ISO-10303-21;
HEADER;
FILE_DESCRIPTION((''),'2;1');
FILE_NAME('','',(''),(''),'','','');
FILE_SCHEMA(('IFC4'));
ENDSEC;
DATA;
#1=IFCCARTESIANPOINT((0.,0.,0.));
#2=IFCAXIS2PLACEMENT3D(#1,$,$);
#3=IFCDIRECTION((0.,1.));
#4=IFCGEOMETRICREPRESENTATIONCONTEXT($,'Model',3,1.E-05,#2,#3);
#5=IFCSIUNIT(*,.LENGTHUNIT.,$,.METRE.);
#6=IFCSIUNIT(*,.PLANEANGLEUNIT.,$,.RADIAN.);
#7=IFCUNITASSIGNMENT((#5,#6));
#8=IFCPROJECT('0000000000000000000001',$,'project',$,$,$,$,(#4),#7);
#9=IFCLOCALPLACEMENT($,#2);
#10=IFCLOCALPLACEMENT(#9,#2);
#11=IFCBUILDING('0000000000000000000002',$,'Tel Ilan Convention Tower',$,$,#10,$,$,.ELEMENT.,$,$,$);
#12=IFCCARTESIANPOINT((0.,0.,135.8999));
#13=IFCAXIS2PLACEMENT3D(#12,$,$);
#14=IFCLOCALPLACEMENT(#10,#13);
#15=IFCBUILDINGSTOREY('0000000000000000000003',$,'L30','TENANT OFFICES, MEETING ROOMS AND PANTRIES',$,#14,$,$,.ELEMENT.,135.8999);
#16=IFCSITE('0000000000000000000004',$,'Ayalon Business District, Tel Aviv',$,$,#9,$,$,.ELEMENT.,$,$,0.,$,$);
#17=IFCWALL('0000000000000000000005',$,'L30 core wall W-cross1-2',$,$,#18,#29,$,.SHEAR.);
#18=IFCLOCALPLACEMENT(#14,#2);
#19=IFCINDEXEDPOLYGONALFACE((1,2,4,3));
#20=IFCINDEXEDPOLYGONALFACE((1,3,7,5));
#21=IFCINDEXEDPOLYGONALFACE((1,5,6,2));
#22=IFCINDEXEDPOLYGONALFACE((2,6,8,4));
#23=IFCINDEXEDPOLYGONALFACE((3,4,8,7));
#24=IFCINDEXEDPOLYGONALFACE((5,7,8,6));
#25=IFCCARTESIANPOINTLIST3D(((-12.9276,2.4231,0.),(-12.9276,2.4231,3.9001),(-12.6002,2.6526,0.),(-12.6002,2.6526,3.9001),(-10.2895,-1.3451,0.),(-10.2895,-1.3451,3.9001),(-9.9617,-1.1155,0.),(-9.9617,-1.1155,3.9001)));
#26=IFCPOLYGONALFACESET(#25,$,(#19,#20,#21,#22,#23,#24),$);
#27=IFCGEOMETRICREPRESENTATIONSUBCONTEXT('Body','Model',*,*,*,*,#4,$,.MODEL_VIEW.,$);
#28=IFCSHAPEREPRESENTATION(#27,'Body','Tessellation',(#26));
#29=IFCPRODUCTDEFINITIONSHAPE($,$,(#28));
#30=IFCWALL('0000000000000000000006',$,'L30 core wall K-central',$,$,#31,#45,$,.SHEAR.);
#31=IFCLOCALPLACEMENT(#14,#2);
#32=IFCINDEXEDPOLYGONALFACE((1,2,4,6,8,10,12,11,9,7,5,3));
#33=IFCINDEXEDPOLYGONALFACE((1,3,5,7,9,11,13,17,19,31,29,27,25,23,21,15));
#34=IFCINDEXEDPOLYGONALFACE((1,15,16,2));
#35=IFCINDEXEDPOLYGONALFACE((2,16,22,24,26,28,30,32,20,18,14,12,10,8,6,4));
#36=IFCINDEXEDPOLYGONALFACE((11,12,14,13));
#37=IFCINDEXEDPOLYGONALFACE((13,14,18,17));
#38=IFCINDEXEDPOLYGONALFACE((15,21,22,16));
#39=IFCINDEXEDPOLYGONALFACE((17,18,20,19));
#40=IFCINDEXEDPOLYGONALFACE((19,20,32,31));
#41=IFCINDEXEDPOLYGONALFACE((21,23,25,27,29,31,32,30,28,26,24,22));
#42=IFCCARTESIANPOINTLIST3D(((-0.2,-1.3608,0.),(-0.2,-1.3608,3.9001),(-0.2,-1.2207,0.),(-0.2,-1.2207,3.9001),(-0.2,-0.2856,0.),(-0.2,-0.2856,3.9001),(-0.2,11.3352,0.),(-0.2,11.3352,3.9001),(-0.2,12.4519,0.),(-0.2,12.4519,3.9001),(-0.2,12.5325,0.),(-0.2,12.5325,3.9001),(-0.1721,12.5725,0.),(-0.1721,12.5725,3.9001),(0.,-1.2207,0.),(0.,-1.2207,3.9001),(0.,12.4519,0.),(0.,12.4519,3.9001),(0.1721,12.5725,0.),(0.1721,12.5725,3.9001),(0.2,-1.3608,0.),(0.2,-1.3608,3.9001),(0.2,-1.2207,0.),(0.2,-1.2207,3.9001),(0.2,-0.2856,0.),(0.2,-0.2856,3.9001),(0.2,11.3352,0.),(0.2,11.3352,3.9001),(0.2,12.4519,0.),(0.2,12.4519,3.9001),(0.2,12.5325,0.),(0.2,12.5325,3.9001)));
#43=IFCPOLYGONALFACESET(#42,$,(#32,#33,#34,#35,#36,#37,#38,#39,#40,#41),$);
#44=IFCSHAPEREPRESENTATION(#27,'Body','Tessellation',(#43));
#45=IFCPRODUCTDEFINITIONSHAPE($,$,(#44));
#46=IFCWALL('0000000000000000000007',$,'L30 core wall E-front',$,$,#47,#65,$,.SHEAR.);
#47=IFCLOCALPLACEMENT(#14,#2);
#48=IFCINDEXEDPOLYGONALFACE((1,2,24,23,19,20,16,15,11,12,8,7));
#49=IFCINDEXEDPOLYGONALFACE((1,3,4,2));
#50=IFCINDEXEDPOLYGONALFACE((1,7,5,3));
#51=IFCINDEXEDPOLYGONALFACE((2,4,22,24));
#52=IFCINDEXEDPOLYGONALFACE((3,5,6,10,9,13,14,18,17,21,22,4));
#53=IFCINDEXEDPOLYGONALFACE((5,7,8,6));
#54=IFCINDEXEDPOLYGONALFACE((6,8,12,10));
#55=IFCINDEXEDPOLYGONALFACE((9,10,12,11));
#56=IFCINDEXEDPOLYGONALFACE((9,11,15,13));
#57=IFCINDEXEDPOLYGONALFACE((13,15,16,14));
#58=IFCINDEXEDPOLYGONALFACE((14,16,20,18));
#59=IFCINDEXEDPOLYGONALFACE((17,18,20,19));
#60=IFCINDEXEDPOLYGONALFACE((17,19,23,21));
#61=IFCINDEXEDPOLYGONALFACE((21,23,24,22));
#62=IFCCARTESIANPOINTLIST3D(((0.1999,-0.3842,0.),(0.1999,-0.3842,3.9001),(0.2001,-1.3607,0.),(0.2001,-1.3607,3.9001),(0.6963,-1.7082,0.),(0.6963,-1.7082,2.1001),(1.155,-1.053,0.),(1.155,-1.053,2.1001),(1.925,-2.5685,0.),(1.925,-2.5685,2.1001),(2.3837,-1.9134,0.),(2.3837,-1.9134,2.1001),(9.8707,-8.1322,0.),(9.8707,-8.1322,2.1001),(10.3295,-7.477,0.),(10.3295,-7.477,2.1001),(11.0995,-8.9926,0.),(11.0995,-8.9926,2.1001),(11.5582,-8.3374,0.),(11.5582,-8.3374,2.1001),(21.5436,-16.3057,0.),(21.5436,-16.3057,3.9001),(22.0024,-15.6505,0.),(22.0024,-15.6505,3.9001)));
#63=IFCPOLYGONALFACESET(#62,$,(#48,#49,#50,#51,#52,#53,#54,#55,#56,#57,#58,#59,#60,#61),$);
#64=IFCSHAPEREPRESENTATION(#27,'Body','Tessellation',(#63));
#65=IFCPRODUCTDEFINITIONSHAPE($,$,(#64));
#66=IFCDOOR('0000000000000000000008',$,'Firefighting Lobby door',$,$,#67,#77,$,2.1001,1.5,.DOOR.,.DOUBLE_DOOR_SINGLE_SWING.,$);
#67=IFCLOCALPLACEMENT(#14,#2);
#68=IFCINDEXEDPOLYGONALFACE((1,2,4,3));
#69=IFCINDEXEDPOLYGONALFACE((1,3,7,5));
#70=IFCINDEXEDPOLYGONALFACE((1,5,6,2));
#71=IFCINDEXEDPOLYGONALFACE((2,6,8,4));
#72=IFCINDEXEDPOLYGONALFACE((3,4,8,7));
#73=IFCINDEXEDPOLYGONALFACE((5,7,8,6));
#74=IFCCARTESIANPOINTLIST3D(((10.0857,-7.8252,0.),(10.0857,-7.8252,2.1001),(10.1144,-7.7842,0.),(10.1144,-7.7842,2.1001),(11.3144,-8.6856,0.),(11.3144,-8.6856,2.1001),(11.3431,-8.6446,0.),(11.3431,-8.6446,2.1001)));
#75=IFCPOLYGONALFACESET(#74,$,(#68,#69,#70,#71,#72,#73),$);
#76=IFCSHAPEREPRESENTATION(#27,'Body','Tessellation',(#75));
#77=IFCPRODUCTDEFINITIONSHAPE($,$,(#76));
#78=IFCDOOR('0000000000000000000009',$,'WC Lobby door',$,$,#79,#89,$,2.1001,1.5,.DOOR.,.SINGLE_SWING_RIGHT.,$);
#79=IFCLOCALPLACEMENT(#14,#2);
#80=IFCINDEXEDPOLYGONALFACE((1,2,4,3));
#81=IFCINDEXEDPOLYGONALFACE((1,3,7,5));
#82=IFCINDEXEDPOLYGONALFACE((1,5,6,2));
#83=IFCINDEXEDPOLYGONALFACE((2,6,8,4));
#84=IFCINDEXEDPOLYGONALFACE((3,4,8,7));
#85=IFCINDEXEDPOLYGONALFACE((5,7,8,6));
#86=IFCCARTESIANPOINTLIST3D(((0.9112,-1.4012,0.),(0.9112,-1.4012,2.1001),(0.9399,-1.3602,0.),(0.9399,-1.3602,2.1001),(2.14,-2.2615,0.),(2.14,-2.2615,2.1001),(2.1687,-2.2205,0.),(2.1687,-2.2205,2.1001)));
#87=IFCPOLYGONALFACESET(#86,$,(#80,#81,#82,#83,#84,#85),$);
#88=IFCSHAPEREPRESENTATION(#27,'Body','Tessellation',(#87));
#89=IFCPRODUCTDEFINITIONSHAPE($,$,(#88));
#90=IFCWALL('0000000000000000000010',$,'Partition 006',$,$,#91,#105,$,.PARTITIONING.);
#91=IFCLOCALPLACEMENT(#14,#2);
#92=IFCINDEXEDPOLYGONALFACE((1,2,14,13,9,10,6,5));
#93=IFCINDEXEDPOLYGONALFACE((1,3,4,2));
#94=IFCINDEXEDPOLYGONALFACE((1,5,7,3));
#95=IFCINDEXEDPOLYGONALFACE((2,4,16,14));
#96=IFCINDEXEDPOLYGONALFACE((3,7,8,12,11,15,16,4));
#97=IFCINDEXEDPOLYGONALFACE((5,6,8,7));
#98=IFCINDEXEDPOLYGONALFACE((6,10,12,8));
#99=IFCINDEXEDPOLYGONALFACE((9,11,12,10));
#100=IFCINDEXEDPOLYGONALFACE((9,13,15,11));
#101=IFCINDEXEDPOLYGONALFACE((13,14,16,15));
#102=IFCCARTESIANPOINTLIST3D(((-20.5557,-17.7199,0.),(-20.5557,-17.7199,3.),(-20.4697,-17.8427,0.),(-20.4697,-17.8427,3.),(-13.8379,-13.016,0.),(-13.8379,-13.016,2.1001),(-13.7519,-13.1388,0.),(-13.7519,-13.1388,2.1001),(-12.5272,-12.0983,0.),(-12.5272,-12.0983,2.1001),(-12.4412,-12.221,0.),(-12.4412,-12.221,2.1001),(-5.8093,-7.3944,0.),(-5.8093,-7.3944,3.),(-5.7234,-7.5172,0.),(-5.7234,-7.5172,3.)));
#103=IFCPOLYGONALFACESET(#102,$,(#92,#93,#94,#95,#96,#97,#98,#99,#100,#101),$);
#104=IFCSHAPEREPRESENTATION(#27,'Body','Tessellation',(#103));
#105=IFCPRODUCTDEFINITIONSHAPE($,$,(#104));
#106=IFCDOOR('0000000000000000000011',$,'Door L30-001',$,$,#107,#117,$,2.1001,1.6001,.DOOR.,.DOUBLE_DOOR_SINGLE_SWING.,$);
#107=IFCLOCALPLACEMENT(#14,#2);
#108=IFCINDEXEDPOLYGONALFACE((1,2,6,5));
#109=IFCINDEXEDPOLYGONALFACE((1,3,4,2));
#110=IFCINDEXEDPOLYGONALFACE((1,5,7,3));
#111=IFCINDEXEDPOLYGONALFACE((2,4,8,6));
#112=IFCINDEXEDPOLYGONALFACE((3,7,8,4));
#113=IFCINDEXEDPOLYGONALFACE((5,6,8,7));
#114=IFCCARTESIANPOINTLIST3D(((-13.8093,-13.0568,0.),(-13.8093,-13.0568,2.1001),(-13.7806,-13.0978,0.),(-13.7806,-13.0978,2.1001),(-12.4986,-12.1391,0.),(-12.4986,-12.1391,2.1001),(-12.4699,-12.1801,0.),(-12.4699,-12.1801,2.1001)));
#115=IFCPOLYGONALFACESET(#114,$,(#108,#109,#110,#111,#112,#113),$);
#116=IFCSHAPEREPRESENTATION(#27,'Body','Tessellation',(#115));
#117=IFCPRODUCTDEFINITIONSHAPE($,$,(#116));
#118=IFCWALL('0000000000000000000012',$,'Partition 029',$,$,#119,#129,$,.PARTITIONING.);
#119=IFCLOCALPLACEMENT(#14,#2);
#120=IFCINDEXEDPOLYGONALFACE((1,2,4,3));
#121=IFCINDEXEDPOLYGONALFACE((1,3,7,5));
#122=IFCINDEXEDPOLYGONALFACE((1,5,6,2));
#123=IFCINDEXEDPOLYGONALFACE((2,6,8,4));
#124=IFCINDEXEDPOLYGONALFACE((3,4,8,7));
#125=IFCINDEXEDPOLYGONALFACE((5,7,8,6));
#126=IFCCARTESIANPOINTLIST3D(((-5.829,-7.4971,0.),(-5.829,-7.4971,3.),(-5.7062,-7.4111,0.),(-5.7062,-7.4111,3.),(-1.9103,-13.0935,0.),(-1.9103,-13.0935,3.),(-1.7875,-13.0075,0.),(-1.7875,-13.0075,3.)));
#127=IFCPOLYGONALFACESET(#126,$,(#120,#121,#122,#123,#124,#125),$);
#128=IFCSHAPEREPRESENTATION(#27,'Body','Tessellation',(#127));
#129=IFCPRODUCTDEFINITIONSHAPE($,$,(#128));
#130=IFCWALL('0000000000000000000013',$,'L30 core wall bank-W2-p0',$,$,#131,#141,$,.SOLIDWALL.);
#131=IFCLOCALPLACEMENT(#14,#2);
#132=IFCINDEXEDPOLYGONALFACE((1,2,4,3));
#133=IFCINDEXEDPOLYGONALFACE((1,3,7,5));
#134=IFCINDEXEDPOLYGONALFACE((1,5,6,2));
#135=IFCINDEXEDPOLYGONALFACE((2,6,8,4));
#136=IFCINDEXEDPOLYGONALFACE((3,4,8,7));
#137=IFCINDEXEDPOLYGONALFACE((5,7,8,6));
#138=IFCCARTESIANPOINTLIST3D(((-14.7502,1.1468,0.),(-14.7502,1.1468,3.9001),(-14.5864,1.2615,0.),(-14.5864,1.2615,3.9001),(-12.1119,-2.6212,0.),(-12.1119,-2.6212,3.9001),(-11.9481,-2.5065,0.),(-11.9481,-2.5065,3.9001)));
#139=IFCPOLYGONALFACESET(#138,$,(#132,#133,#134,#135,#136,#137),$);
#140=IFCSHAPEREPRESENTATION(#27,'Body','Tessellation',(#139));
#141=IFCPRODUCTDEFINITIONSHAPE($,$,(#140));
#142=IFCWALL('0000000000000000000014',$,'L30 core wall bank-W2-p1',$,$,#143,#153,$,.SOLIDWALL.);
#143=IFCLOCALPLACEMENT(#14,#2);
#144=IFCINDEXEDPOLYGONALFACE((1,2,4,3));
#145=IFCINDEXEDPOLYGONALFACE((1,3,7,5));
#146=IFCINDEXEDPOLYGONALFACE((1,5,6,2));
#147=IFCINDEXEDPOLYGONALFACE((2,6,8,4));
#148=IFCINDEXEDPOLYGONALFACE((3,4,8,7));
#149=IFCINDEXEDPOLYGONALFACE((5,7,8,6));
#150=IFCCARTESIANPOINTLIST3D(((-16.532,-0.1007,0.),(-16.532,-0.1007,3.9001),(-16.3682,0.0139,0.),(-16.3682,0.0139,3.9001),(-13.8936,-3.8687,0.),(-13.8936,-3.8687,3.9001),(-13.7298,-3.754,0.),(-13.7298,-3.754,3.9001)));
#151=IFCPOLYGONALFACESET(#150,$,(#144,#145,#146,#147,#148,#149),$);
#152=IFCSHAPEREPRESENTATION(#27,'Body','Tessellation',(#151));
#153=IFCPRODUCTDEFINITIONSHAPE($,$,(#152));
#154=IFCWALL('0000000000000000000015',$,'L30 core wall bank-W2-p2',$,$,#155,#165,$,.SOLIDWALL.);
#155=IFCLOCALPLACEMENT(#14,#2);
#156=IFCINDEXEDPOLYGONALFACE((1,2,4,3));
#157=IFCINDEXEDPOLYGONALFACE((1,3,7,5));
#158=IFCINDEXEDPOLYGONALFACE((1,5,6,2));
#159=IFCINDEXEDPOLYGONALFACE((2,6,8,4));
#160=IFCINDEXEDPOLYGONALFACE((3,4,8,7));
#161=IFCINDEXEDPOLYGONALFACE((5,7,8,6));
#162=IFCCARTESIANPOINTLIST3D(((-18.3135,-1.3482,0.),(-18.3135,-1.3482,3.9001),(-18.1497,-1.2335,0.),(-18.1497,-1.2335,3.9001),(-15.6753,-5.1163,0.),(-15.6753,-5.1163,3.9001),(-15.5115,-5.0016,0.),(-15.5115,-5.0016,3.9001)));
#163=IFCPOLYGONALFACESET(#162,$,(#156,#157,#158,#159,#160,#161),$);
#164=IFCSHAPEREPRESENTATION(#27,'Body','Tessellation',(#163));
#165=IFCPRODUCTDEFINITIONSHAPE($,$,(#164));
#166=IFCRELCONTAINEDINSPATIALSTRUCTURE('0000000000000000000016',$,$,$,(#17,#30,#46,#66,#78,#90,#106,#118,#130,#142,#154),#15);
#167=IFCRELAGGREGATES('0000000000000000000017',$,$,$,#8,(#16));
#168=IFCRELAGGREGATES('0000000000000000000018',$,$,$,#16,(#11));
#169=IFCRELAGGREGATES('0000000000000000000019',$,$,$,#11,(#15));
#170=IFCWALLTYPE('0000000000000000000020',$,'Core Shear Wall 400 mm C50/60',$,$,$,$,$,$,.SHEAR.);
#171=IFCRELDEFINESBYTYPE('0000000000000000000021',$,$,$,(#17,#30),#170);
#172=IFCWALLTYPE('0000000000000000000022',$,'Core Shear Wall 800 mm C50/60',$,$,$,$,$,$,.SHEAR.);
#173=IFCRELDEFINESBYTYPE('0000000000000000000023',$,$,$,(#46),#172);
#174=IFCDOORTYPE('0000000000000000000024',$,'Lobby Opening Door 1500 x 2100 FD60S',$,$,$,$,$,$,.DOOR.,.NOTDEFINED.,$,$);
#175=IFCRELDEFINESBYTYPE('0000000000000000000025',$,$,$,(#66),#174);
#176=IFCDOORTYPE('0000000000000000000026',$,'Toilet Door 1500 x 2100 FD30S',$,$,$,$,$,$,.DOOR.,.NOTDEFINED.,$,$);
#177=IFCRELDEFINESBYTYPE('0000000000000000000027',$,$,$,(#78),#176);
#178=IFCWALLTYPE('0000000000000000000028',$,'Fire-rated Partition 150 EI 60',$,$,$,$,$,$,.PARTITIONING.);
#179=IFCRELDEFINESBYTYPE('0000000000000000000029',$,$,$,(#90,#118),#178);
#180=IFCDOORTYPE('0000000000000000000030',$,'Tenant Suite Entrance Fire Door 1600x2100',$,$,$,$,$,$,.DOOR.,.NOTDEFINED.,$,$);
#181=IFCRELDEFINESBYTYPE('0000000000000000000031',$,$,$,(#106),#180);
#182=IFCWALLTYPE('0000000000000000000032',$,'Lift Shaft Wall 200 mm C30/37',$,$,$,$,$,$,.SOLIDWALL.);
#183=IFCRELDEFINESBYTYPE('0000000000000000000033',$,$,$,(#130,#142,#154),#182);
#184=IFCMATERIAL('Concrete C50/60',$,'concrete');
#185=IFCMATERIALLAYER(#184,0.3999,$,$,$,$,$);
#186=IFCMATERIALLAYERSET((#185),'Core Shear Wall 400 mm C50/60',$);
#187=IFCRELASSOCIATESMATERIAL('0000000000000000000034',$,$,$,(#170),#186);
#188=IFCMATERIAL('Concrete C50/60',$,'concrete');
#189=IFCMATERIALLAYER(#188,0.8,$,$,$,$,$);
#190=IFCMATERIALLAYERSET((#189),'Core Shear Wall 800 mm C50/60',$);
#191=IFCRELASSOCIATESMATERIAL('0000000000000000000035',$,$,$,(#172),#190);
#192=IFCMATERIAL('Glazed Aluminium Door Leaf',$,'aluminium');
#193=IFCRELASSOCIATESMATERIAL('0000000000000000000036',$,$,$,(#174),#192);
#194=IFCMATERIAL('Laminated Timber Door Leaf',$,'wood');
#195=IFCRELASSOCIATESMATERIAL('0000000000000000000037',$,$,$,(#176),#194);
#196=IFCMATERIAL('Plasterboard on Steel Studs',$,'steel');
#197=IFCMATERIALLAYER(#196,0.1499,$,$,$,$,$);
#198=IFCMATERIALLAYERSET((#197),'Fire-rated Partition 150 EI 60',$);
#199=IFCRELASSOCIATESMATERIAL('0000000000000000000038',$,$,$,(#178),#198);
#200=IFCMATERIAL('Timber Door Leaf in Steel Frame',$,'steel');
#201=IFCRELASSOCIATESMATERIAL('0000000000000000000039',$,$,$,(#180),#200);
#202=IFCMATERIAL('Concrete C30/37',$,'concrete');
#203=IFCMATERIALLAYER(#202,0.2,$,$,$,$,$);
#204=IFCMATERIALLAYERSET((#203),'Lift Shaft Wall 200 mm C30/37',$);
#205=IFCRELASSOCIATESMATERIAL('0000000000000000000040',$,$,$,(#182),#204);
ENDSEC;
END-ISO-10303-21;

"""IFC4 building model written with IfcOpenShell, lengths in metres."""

from ifc_helpers import new_model, si_unit, direction, frame, frame_2d, origin, place, context, subcontext, project, spatial, polyline, rectangle, outline, extrude, material, layer, layer_set, type_object, element, fill, save


model = new_model("IFC4")

# Units and contexts
model_context = context("Model", 3, precision=1e-05, world=origin(), true_north=direction((0.0, 1.0)))
body_context = subcontext(model_context, "Body", "Model", "MODEL_VIEW")
ifc_project = project(units=[si_unit("LENGTHUNIT", "METRE"), si_unit("PLANEANGLEUNIT", "RADIAN")], contexts=[model_context])

# Site, building, storey
site_placement = place(None, origin())
site = spatial("IfcSite", under=ifc_project, at=site_placement, Name="Ayalon Business District, Tel Aviv", CompositionType="ELEMENT", RefElevation=0.0)
building_placement = place(site_placement, origin())
building = spatial("IfcBuilding", under=site, at=building_placement, Name="Tel Ilan Convention Tower", CompositionType="ELEMENT")
storey_placement = place(building_placement, frame((0.0, 0.0, 135.8999)))
storey = spatial("IfcBuildingStorey", under=building, at=storey_placement, Name="L30", Description="TENANT OFFICES, MEETING ROOMS AND PANTRIES", CompositionType="ELEMENT", Elevation=135.8999)

# Walls
ifc_material_1 = material(Name="Concrete C50/60", Category="concrete")
ifc_layer_1 = layer(ifc_material_1, 0.3999)
ifc_layer_set_1 = layer_set([ifc_layer_1], Name="Core Shear Wall 400 mm C50/60")
wall_type_1 = type_object("IfcWallType", Name="Core Shear Wall 400 mm C50/60", PredefinedType="SHEAR", material=ifc_layer_set_1)
wall_1_placement = place(storey_placement, frame((-10.1255, -1.2302, 0.0), z_axis=(0.0, 0.0, 1.0), x_axis=(-0.573576, 0.819152, 0.0)))
element("IfcWall", 1, at=wall_1_placement, inside=storey, type_object=wall_type_1, Name="L30 core wall W-cross1-2", PredefinedType="SHEAR", context=body_context, shape_type="SweptSolid", body=[
    extrude(outline(polyline([(4.6001, -0.2), (4.5999, 0.2), (0.0, 0.2002), (0.0, -0.2), (4.6001, -0.2)])), origin(), (0.0, 0.0, 1.0), 3.9001),
])
wall_2_placement = place(storey_placement, frame((0.0, -1.3608, 0.0), z_axis=(0.0, 0.0, 1.0), x_axis=(0.0, 1.0, 0.0)))
element("IfcWall", 2, at=wall_2_placement, inside=storey, type_object=wall_type_1, Name="L30 core wall K-central", PredefinedType="SHEAR", context=body_context, shape_type="SweptSolid", body=[
    extrude(outline(polyline([(0.0, -0.2), (0.1401, -0.2), (1.0752, -0.2), (12.696, -0.2), (13.8127, -0.2), (13.8933, -0.2), (13.9333, -0.1721), (13.8127, 0.0), (13.9333, 0.1721), (13.8933, 0.2), (13.8127, 0.2), (12.696, 0.2), (1.0752, 0.2), (0.1401, 0.2), (0.0, 0.2), (0.1401, 0.0), (0.0, -0.2)])), origin(), (0.0, 0.0, 1.0), 3.9001),
])

# Wall, openings, doors
ifc_material_2 = material(Name="Concrete C50/60", Category="concrete")
ifc_layer_2 = layer(ifc_material_2, 0.8)
ifc_layer_set_2 = layer_set([ifc_layer_2], Name="Core Shear Wall 800 mm C50/60")
wall_type_2 = type_object("IfcWallType", Name="Core Shear Wall 800 mm C50/60", PredefinedType="SHEAR", material=ifc_layer_set_2)
wall_3_placement = place(storey_placement, frame((-0.0293, -0.7119, 0.0), z_axis=(0.0, 0.0, 1.0), x_axis=(0.819152, -0.573577, 0.0)))
wall_3 = element("IfcWall", 3, at=wall_3_placement, inside=storey, type_object=wall_type_2, Name="L30 core wall E-front", PredefinedType="SHEAR", context=body_context, shape_type="SweptSolid", body=[
    extrude(outline(polyline([(26.6157, 0.3999), (-0.0002, 0.3999), (0.5601, -0.3999), (26.6157, -0.3999), (26.6157, 0.3999)])), origin(), (0.0, 0.0, 1.0), 3.9001),
])
opening_1_placement = place(wall_3_placement, frame((1.1658, 0.0, 0.0)))
opening_1 = element("IfcOpeningElement", 4, at=opening_1_placement, cuts=wall_3, PredefinedType="OPENING", context=body_context, shape_type="SweptSolid", body=[
    extrude(rectangle(XDim=1.5, YDim=2.1001, at=frame_2d((0.75, 1.05))), frame((0.0, 0.4099, 0.0), z_axis=(0.0, -1.0, 0.0), x_axis=(1.0, 0.0, 0.0)), (0.0, 0.0, 1.0), 0.8201),
])
opening_2_placement = place(wall_3_placement, frame((12.3657, 0.0, 0.0)))
opening_2 = element("IfcOpeningElement", 5, at=opening_2_placement, cuts=wall_3, PredefinedType="OPENING", context=body_context, shape_type="SweptSolid", body=[
    extrude(rectangle(XDim=1.5, YDim=2.1001, at=frame_2d((0.75, 1.05))), frame((0.0, 0.4099, 0.0), z_axis=(0.0, -1.0, 0.0), x_axis=(1.0, 0.0, 0.0)), (0.0, 0.0, 1.0), 0.8201),
])
ifc_material_3 = material(Name="Glazed Aluminium Door Leaf", Category="aluminium")
door_type_1 = type_object("IfcDoorType", Name="Lobby Opening Door 1500 x 2100 FD60S", OperationType="NOTDEFINED", PredefinedType="DOOR", material=ifc_material_3)
door_1_placement = place(opening_2_placement, origin())
door_1 = element("IfcDoor", 6, at=door_1_placement, inside=storey, type_object=door_type_1, Name="Firefighting Lobby door", OperationType="DOUBLE_DOOR_SINGLE_SWING", OverallHeight=2.1001, OverallWidth=1.5, PredefinedType="DOOR", context=body_context, shape_type="SweptSolid", body=[
    extrude(rectangle(XDim=1.5, YDim=2.1001, at=frame_2d((0.75, 1.05))), frame((0.0, 0.0249, 0.0), z_axis=(0.0, -1.0, 0.0), x_axis=(1.0, 0.0, 0.0)), (0.0, 0.0, 1.0), 0.05),
])
fill(opening_2, door_1)
ifc_material_4 = material(Name="Laminated Timber Door Leaf", Category="wood")
door_type_2 = type_object("IfcDoorType", Name="Toilet Door 1500 x 2100 FD30S", OperationType="NOTDEFINED", PredefinedType="DOOR", material=ifc_material_4)
door_2_placement = place(opening_1_placement, origin())
door_2 = element("IfcDoor", 7, at=door_2_placement, inside=storey, type_object=door_type_2, Name="WC Lobby door", OperationType="SINGLE_SWING_RIGHT", OverallHeight=2.1001, OverallWidth=1.5, PredefinedType="DOOR", context=body_context, shape_type="SweptSolid", body=[
    extrude(rectangle(XDim=1.5, YDim=2.1001, at=frame_2d((0.75, 1.05))), frame((0.0, 0.0249, 0.0), z_axis=(0.0, -1.0, 0.0), x_axis=(1.0, 0.0, 0.0)), (0.0, 0.0, 1.0), 0.05),
])
fill(opening_1, door_2)

# Wall, opening, door
ifc_material_5 = material(Name="Plasterboard on Steel Studs", Category="steel")
ifc_layer_3 = layer(ifc_material_5, 0.1499)
ifc_layer_set_3 = layer_set([ifc_layer_3], Name="Fire-rated Partition 150 EI 60")
wall_type_3 = type_object("IfcWallType", Name="Fire-rated Partition 150 EI 60", PredefinedType="PARTITIONING", material=ifc_layer_set_3)
wall_4_placement = place(storey_placement, frame((-5.7664, -7.4558, 0.0), z_axis=(0.0, 0.0, 1.0), x_axis=(-0.819154, -0.573574, 0.0)))
wall_4 = element("IfcWall", 8, at=wall_4_placement, inside=storey, type_object=wall_type_3, Name="Partition 006", PredefinedType="PARTITIONING", context=body_context, shape_type="SweptSolid", body=[
    extrude(rectangle(XDim=18.002, YDim=0.1499, at=frame_2d((9.001, 0.0))), origin(), (0.0, 0.0, 1.0), 3.0),
])
opening_3_placement = place(wall_4_placement, frame((8.2009, 0.0, 0.0)))
opening_3 = element("IfcOpeningElement", 9, at=opening_3_placement, cuts=wall_4, PredefinedType="OPENING", context=body_context, shape_type="SweptSolid", body=[
    extrude(rectangle(XDim=1.6001, YDim=2.1001, at=frame_2d((0.8, 1.05))), frame((0.0, 0.085, 0.0), z_axis=(0.0, -1.0, 0.0), x_axis=(1.0, 0.0, 0.0)), (0.0, 0.0, 1.0), 0.1699),
])
ifc_material_6 = material(Name="Timber Door Leaf in Steel Frame", Category="steel")
door_type_3 = type_object("IfcDoorType", Name="Tenant Suite Entrance Fire Door 1600x2100", OperationType="NOTDEFINED", PredefinedType="DOOR", material=ifc_material_6)
door_3_placement = place(opening_3_placement, origin())
door_3 = element("IfcDoor", 10, at=door_3_placement, inside=storey, type_object=door_type_3, Name="Door L30-001", OperationType="DOUBLE_DOOR_SINGLE_SWING", OverallHeight=2.1001, OverallWidth=1.6001, PredefinedType="DOOR", context=body_context, shape_type="SweptSolid", body=[
    extrude(rectangle(XDim=1.6001, YDim=2.1001, at=frame_2d((0.8, 1.05))), frame((0.0, 0.0249, 0.0), z_axis=(0.0, -1.0, 0.0), x_axis=(1.0, 0.0, 0.0)), (0.0, 0.0, 1.0), 0.05),
])
fill(opening_3, door_3)

# Walls
wall_5_placement = place(storey_placement, frame((-1.8489, -13.0505, 0.0), z_axis=(0.0, 0.0, 1.0), x_axis=(-0.57358, 0.81915, 0.0)))
element("IfcWall", 11, at=wall_5_placement, inside=storey, type_object=wall_type_3, Name="Partition 029", PredefinedType="PARTITIONING", context=body_context, shape_type="SweptSolid", body=[
    extrude(rectangle(XDim=6.832, YDim=0.1499, at=frame_2d((3.416, 0.0))), origin(), (0.0, 0.0, 1.0), 3.0),
])
ifc_material_7 = material(Name="Concrete C30/37", Category="concrete")
ifc_layer_4 = layer(ifc_material_7, 0.2)
ifc_layer_set_4 = layer_set([ifc_layer_4], Name="Lift Shaft Wall 200 mm C30/37")
wall_type_4 = type_object("IfcWallType", Name="Lift Shaft Wall 200 mm C30/37", PredefinedType="SOLIDWALL", material=ifc_layer_set_4)
for number, where, z_axis, x_axis, name in (
    (12, (-12.03, -2.5637, 0.0), (0.0, 0.0, 1.0), (-0.573576, 0.819152, 0.0), "L30 core wall bank-W2-p0"),
    (13, (-13.8118, -3.8113, 0.0), (0.0, 0.0, 1.0), (-0.573576, 0.819152, 0.0), "L30 core wall bank-W2-p1"),
    (14, (-15.5935, -5.0588, 0.0), (0.0, 0.0, 1.0), (-0.573541, 0.819177, 0.0), "L30 core wall bank-W2-p2"),
):
    element("IfcWall", number, at=place(storey_placement, frame(where, z_axis=z_axis, x_axis=x_axis)), inside=storey, type_object=wall_type_4, Name=name, PredefinedType="SOLIDWALL", context=body_context, shape_type="SweptSolid", body=[
        extrude(rectangle(XDim=4.5999, YDim=0.2, at=frame_2d((2.2998, 0.0))), origin(), (0.0, 0.0, 1.0), 3.9001),
    ])

save(model, "model.ifc")
